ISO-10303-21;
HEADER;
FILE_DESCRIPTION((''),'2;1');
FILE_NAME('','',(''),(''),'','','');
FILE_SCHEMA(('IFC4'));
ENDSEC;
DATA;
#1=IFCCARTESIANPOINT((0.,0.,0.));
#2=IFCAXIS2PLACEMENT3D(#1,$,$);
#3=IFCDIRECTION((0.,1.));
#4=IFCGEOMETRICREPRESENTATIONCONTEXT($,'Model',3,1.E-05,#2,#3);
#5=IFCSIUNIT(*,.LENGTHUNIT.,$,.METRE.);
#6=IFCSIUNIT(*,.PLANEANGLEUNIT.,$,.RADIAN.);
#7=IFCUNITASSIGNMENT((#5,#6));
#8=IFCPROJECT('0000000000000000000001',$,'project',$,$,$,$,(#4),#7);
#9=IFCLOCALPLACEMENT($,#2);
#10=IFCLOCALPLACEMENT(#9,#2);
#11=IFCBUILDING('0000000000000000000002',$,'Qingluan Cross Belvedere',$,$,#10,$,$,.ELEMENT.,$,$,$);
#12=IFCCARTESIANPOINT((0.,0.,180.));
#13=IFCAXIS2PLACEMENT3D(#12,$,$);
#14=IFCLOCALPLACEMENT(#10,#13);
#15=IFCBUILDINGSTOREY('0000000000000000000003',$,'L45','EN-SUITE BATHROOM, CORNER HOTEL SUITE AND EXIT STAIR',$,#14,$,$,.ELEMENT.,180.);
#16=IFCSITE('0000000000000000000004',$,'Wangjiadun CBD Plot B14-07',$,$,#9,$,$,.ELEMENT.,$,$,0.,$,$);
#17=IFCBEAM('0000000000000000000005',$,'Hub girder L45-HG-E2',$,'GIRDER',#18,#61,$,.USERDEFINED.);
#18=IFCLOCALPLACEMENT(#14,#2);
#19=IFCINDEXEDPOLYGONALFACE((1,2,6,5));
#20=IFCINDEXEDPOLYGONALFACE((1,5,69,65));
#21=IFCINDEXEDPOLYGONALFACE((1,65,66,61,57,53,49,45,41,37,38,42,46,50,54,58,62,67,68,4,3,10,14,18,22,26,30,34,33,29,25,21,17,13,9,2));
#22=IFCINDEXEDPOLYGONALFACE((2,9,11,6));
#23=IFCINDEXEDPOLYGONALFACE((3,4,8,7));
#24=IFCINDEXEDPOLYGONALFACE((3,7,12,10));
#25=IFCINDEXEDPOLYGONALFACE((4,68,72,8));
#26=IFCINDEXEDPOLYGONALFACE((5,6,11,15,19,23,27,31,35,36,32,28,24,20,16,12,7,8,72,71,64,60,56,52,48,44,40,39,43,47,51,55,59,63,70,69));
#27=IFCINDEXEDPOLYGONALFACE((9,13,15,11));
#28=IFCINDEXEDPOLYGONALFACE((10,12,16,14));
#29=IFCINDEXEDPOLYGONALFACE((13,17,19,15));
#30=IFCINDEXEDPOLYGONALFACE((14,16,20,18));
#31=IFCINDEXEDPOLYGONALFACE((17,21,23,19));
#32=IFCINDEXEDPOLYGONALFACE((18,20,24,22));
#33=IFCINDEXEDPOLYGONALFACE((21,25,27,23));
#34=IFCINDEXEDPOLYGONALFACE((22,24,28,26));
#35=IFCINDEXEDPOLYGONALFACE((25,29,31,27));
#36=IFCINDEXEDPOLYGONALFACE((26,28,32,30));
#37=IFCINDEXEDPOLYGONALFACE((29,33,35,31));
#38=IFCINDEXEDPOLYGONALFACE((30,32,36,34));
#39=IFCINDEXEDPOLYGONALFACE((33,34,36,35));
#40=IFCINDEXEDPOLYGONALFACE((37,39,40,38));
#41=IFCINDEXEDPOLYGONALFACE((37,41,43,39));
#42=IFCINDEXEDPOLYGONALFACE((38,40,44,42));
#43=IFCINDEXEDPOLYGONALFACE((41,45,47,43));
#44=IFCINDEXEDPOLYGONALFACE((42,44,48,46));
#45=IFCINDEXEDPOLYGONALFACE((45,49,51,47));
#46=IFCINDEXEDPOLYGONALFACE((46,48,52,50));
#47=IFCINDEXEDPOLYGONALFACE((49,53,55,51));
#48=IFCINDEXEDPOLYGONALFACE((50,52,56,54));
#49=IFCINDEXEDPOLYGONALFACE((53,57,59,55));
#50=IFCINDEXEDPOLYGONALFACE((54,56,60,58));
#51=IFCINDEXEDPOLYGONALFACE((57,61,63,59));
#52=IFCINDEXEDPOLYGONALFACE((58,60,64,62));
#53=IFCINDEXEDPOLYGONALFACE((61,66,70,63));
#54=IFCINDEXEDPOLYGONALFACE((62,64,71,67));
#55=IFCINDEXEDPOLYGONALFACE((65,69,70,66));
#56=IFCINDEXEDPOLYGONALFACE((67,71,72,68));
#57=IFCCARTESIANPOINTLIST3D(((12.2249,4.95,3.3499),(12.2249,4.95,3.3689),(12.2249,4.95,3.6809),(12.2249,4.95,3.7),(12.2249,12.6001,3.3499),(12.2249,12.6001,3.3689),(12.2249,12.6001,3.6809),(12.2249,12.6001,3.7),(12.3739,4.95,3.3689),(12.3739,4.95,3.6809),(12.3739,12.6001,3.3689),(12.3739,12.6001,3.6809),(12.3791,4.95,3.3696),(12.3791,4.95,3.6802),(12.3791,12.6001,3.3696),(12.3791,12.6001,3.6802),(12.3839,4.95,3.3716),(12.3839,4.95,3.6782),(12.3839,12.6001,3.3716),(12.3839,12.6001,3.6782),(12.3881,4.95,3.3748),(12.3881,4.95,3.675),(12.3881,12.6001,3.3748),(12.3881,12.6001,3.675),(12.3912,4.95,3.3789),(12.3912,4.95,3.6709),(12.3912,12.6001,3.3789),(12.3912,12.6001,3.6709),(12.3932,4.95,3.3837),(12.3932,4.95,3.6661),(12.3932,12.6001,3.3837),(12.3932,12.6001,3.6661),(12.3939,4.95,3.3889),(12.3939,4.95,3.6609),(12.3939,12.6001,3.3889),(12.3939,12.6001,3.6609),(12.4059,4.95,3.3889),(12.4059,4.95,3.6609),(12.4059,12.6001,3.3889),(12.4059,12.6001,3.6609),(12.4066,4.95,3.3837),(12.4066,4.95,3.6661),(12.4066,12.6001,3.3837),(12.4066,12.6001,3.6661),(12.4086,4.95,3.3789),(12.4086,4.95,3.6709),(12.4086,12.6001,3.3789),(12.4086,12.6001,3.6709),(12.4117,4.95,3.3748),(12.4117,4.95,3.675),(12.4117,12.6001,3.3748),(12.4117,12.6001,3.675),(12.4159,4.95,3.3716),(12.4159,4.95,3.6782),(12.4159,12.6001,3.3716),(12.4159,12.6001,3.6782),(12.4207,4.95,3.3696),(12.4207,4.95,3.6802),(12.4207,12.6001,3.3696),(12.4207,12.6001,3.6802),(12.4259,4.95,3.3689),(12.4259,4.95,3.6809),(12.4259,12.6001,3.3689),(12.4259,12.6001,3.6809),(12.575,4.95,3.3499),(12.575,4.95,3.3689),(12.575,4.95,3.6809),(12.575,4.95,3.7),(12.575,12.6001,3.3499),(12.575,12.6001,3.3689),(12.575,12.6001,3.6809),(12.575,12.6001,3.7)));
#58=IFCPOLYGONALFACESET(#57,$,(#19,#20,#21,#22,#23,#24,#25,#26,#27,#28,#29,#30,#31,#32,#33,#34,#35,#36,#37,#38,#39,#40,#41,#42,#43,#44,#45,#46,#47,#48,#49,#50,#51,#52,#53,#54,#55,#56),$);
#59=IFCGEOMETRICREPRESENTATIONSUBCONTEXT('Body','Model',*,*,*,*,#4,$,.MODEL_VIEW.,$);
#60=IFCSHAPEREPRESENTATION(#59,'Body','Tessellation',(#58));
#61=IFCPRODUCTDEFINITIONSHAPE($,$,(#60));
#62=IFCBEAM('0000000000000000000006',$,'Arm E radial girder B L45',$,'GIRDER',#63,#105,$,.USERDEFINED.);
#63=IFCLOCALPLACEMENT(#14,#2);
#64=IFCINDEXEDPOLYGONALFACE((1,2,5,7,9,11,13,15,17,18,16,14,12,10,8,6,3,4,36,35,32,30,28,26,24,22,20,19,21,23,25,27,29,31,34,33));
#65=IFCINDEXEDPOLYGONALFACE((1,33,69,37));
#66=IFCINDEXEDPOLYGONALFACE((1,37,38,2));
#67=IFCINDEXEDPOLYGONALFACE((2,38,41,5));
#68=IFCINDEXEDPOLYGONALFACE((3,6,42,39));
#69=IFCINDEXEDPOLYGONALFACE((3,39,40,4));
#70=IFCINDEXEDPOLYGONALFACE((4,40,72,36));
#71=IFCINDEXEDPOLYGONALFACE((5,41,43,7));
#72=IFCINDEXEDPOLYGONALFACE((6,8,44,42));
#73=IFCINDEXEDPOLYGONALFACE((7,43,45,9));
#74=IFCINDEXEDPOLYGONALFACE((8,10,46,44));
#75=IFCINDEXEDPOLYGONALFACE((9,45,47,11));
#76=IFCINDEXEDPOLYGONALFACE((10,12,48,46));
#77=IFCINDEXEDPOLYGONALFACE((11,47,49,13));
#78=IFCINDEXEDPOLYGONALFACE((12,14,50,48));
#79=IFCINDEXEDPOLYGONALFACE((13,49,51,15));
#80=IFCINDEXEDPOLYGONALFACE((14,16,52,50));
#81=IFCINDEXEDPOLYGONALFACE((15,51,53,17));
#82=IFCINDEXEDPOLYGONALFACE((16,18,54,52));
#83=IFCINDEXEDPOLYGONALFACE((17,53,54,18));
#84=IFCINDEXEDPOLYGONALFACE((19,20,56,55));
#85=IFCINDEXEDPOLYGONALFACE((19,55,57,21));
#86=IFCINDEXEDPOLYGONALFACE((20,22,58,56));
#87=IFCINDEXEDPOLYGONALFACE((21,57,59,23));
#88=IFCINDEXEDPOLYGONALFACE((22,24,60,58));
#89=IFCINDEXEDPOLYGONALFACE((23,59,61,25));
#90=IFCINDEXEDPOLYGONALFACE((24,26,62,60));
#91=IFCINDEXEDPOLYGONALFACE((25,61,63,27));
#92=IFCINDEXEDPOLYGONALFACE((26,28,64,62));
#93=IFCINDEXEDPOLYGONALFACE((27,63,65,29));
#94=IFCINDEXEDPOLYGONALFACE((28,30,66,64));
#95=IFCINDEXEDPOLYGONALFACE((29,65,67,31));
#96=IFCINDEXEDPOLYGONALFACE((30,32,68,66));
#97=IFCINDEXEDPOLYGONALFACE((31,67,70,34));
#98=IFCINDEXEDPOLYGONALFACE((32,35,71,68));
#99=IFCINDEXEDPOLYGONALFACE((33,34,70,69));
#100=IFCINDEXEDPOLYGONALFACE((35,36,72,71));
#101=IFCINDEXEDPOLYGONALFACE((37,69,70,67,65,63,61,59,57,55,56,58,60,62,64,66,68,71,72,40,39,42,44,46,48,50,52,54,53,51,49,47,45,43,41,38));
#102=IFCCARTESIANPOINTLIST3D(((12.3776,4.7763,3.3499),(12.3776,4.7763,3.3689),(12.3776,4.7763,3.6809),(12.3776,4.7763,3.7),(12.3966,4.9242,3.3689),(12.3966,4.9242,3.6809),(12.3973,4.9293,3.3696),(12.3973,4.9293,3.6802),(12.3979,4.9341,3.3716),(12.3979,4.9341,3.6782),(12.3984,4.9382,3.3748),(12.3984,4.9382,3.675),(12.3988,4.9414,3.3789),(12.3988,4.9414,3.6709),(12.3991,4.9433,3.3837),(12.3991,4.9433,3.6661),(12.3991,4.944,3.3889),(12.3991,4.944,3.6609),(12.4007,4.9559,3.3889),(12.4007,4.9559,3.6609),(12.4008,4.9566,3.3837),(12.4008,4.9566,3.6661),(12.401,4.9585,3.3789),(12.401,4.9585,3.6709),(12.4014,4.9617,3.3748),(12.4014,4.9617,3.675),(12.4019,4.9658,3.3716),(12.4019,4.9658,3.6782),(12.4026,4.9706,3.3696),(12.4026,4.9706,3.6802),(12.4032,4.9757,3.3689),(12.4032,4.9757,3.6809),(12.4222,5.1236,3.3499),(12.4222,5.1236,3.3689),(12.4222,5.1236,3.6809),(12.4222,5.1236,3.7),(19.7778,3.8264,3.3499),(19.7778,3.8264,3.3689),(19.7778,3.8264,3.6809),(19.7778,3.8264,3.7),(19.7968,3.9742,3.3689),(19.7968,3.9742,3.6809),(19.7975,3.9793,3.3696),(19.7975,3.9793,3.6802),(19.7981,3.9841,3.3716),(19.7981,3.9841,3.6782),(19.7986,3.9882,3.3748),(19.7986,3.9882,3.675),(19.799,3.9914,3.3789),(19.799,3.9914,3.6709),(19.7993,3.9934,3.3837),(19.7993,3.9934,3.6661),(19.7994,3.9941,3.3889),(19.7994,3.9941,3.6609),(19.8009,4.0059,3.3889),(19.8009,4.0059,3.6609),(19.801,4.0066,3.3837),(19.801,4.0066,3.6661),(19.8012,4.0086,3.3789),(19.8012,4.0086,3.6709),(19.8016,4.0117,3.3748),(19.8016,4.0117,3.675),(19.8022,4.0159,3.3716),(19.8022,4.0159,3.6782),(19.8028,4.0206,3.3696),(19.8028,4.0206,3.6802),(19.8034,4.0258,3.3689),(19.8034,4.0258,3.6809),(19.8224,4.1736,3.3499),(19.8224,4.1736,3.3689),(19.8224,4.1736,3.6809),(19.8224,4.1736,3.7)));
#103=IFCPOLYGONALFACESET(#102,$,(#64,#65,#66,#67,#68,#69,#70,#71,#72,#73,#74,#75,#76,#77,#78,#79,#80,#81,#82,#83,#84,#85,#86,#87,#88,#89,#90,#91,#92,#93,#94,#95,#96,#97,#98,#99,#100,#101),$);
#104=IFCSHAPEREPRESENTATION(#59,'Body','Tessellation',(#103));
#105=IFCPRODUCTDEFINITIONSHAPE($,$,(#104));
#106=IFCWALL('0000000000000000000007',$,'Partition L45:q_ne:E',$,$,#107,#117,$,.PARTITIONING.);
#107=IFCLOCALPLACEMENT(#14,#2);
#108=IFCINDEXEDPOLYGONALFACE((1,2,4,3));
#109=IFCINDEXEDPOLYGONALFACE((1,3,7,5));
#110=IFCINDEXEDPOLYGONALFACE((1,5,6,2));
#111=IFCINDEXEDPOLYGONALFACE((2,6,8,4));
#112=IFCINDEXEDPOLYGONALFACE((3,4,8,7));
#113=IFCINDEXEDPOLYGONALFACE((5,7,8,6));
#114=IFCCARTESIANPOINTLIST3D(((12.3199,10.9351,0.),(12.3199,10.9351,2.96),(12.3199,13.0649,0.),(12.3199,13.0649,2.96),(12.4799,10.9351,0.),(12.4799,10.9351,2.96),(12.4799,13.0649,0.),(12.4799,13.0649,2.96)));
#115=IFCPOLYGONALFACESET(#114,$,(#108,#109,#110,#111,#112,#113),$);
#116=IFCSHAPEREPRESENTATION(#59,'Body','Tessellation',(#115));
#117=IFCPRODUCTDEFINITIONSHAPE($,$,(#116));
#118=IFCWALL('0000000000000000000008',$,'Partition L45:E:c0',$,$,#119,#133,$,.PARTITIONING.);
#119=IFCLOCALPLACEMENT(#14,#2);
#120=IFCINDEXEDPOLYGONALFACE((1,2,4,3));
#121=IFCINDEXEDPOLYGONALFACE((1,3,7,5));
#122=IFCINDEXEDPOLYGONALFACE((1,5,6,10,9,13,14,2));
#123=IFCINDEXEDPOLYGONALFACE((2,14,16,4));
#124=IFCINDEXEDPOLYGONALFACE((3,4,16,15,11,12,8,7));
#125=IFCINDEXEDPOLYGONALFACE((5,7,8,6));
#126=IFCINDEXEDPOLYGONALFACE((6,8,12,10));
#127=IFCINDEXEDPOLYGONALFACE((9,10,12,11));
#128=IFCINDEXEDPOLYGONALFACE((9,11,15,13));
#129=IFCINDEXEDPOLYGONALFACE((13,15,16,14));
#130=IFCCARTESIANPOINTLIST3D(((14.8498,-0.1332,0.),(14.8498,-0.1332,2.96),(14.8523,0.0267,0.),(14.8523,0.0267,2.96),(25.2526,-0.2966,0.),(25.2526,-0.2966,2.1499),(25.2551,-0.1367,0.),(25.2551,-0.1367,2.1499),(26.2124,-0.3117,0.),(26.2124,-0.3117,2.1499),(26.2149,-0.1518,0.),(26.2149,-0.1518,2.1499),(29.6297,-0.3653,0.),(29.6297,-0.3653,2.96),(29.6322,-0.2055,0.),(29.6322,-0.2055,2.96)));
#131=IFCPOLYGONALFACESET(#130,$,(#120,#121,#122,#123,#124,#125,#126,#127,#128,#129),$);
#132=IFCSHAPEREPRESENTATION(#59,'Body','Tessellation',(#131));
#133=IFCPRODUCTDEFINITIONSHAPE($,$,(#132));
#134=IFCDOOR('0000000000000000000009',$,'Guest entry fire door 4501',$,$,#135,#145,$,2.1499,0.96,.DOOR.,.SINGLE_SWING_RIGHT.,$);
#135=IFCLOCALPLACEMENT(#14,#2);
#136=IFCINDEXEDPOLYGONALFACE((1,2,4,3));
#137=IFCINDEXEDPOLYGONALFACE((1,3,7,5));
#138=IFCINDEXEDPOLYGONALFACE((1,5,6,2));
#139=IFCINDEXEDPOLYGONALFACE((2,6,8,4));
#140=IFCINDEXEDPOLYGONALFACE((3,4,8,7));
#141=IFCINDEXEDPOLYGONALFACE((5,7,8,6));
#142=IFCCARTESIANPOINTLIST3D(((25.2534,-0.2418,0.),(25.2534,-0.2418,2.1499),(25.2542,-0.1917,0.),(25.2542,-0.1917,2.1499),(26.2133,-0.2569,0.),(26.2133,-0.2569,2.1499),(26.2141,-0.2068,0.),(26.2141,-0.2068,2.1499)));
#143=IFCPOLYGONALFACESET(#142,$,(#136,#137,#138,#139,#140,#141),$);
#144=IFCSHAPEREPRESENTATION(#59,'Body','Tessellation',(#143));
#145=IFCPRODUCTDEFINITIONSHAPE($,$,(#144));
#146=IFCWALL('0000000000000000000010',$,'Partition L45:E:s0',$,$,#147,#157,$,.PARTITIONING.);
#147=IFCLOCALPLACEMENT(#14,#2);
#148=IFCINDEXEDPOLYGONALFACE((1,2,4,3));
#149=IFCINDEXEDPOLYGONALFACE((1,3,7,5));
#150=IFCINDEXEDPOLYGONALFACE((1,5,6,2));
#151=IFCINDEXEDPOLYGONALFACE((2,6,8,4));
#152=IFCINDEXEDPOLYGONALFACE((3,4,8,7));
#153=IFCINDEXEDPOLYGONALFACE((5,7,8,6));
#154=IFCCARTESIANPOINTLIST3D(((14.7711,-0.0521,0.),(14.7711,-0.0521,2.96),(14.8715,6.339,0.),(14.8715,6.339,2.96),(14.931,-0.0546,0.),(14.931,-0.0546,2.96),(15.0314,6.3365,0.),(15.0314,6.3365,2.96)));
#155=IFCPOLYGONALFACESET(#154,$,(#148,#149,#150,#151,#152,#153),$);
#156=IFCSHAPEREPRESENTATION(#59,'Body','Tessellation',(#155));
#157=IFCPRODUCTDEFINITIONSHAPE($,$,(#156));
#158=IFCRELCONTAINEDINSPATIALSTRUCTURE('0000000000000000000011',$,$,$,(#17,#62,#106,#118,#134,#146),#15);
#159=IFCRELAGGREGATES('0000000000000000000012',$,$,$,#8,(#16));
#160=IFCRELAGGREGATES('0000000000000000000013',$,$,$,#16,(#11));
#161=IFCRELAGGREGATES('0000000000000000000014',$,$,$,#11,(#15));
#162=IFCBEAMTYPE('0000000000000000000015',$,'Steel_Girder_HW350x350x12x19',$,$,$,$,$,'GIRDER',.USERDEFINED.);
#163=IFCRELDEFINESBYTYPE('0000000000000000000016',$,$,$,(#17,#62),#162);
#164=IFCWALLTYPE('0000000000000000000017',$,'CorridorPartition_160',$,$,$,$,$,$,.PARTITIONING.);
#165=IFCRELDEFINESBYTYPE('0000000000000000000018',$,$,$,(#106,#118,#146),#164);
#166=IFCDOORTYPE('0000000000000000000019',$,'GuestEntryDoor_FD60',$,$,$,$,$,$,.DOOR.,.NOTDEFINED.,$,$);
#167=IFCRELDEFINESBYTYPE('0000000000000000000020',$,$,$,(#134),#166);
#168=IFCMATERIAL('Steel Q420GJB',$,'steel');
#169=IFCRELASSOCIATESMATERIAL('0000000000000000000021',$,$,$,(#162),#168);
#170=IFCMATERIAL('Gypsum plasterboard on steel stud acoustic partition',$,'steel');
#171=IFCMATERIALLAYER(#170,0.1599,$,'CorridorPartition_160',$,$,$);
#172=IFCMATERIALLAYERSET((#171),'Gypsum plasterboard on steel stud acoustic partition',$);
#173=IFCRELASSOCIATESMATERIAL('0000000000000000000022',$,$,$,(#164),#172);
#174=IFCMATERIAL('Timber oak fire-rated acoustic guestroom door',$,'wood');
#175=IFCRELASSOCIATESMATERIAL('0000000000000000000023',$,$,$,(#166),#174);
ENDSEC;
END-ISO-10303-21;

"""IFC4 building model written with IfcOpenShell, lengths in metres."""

from ifc_helpers import new_model, si_unit, direction, frame, frame_2d, origin, origin_2d, place, context, subcontext, project, spatial, rectangle, i_section, extrude, material, layer, layer_set, material_profile, profile_set, type_object, element, fill, save


model = new_model("IFC4")

# Units and contexts
model_context = context("Model", 3, precision=1e-05, world=origin(), true_north=direction((0.0, 1.0)))
body_context = subcontext(model_context, "Body", "Model", "MODEL_VIEW")
ifc_project = project(units=[si_unit("LENGTHUNIT", "METRE"), si_unit("PLANEANGLEUNIT", "RADIAN")], contexts=[model_context])

# Site, building, storey
site_placement = place(None, origin())
site = spatial("IfcSite", under=ifc_project, at=site_placement, Name="Wangjiadun CBD Plot B14-07", CompositionType="ELEMENT", RefElevation=0.0)
building_placement = place(site_placement, origin())
building = spatial("IfcBuilding", under=site, at=building_placement, Name="Qingluan Cross Belvedere", CompositionType="ELEMENT")
storey_placement = place(building_placement, frame((0.0, 0.0, 180.0)))
storey = spatial("IfcBuildingStorey", under=building, at=storey_placement, Name="L45", Description="EN-SUITE BATHROOM, CORNER HOTEL SUITE AND EXIT STAIR", CompositionType="ELEMENT", Elevation=180.0)

# Beams
ifc_material_1 = material(Name="Steel Q420GJB", Category="steel")
ifc_material_profile_1 = material_profile(ifc_material_1, i_section(OverallWidth=0.3501, OverallDepth=0.3501, WebThickness=0.012, FlangeThickness=0.019, FilletRadius=0.02, at=origin_2d()), Name="HW350x350x12x19")
ifc_profile_set_1 = profile_set([ifc_material_profile_1], Name="Steel Q420GJB")
beam_type_1 = type_object("IfcBeamType", Name="Steel_Girder_HW350x350x12x19", ElementType="GIRDER", PredefinedType="USERDEFINED", material=ifc_profile_set_1)
beam_1_placement = place(storey_placement, frame((12.3999, 4.95, 3.5249), z_axis=(0.0, 1.0, 0.0), x_axis=(-1.0, 0.0, 0.0)))
element("IfcBeam", 1, at=beam_1_placement, inside=storey, type_object=beam_type_1, Name="Hub girder L45-HG-E2", ObjectType="GIRDER", PredefinedType="USERDEFINED", context=body_context, shape_type="SweptSolid", body=[
    extrude(i_section(OverallWidth=0.3501, OverallDepth=0.3501, WebThickness=0.012, FlangeThickness=0.019, FilletRadius=0.02, at=origin_2d()), origin(), (0.0, 0.0, 1.0), 7.6501),
])
beam_2_placement = place(storey_placement, frame((12.3999, 4.95, 3.5249), z_axis=(0.991861, -0.127324, 0.0), x_axis=(0.127324, 0.991861, 0.0)))
element("IfcBeam", 2, at=beam_2_placement, inside=storey, type_object=beam_type_1, Name="Arm E radial girder B L45", ObjectType="GIRDER", PredefinedType="USERDEFINED", context=body_context, shape_type="SweptSolid", body=[
    extrude(i_section(OverallWidth=0.3501, OverallDepth=0.3501, WebThickness=0.012, FlangeThickness=0.019, FilletRadius=0.02, at=origin_2d()), origin(), (0.0, 0.0, 1.0), 7.4609),
])

# Wall
ifc_material_2 = material(Name="Gypsum plasterboard on steel stud acoustic partition", Category="steel")
ifc_layer_1 = layer(ifc_material_2, 0.1599, Name="CorridorPartition_160")
ifc_layer_set_1 = layer_set([ifc_layer_1], Name="Gypsum plasterboard on steel stud acoustic partition")
wall_type_1 = type_object("IfcWallType", Name="CorridorPartition_160", PredefinedType="PARTITIONING", material=ifc_layer_set_1)
wall_1_placement = place(storey_placement, frame((12.3999, 10.9351, 0.0), z_axis=(0.0, 0.0, 1.0), x_axis=(0.0, 1.0, 0.0)))
element("IfcWall", 3, at=wall_1_placement, inside=storey, type_object=wall_type_1, Name="Partition L45:q_ne:E", PredefinedType="PARTITIONING", context=body_context, shape_type="SweptSolid", body=[
    extrude(rectangle(XDim=2.1299, YDim=0.1599, at=frame_2d((1.0649, 0.0))), origin(), (0.0, 0.0, 1.0), 2.96),
])

# Wall, opening, door
wall_2_placement = place(storey_placement, frame((14.8511, -0.0532, 0.0), z_axis=(0.0, 0.0, 1.0), x_axis=(0.999877, -0.015707, 0.0)))
wall_2 = element("IfcWall", 4, at=wall_2_placement, inside=storey, type_object=wall_type_1, Name="Partition L45:E:c0", PredefinedType="PARTITIONING", context=body_context, shape_type="SweptSolid", body=[
    extrude(rectangle(XDim=14.7817, YDim=0.1599, at=frame_2d((7.3909, 0.0))), origin(), (0.0, 0.0, 1.0), 2.96),
])
opening_1_placement = place(wall_2_placement, frame((10.4041, 0.0, 0.0)))
opening_1 = element("IfcOpeningElement", 5, at=opening_1_placement, cuts=wall_2, PredefinedType="OPENING", context=body_context, shape_type="SweptSolid", body=[
    extrude(rectangle(XDim=0.96, YDim=2.1499, at=frame_2d((0.48, 1.075))), frame((0.0, 0.0898, 0.0), z_axis=(0.0, -1.0, 0.0), x_axis=(1.0, 0.0, 0.0)), (0.0, 0.0, 1.0), 0.1799),
])
ifc_material_3 = material(Name="Timber oak fire-rated acoustic guestroom door", Category="wood")
door_type_1 = type_object("IfcDoorType", Name="GuestEntryDoor_FD60", OperationType="NOTDEFINED", PredefinedType="DOOR", material=ifc_material_3)
door_1_placement = place(opening_1_placement, origin())
door_1 = element("IfcDoor", 6, at=door_1_placement, inside=storey, type_object=door_type_1, Name="Guest entry fire door 4501", OperationType="SINGLE_SWING_RIGHT", OverallHeight=2.1499, OverallWidth=0.96, PredefinedType="DOOR", context=body_context, shape_type="SweptSolid", body=[
    extrude(rectangle(XDim=0.96, YDim=2.1499, at=frame_2d((0.48, 1.075))), frame((0.0, 0.0249, 0.0), z_axis=(0.0, -1.0, 0.0), x_axis=(1.0, 0.0, 0.0)), (0.0, 0.0, 1.0), 0.05),
])
fill(opening_1, door_1)

# Wall
wall_3_placement = place(storey_placement, frame((14.8511, -0.0532, 0.0), z_axis=(0.0, 0.0, 1.0), x_axis=(0.015698, 0.999877, 0.0)))
element("IfcWall", 7, at=wall_3_placement, inside=storey, type_object=wall_type_1, Name="Partition L45:E:s0", PredefinedType="PARTITIONING", context=body_context, shape_type="SweptSolid", body=[
    extrude(rectangle(XDim=6.3918, YDim=0.1599, at=frame_2d((3.1958, 0.0))), origin(), (0.0, 0.0, 1.0), 2.96),
])

save(model, "model.ifc")
